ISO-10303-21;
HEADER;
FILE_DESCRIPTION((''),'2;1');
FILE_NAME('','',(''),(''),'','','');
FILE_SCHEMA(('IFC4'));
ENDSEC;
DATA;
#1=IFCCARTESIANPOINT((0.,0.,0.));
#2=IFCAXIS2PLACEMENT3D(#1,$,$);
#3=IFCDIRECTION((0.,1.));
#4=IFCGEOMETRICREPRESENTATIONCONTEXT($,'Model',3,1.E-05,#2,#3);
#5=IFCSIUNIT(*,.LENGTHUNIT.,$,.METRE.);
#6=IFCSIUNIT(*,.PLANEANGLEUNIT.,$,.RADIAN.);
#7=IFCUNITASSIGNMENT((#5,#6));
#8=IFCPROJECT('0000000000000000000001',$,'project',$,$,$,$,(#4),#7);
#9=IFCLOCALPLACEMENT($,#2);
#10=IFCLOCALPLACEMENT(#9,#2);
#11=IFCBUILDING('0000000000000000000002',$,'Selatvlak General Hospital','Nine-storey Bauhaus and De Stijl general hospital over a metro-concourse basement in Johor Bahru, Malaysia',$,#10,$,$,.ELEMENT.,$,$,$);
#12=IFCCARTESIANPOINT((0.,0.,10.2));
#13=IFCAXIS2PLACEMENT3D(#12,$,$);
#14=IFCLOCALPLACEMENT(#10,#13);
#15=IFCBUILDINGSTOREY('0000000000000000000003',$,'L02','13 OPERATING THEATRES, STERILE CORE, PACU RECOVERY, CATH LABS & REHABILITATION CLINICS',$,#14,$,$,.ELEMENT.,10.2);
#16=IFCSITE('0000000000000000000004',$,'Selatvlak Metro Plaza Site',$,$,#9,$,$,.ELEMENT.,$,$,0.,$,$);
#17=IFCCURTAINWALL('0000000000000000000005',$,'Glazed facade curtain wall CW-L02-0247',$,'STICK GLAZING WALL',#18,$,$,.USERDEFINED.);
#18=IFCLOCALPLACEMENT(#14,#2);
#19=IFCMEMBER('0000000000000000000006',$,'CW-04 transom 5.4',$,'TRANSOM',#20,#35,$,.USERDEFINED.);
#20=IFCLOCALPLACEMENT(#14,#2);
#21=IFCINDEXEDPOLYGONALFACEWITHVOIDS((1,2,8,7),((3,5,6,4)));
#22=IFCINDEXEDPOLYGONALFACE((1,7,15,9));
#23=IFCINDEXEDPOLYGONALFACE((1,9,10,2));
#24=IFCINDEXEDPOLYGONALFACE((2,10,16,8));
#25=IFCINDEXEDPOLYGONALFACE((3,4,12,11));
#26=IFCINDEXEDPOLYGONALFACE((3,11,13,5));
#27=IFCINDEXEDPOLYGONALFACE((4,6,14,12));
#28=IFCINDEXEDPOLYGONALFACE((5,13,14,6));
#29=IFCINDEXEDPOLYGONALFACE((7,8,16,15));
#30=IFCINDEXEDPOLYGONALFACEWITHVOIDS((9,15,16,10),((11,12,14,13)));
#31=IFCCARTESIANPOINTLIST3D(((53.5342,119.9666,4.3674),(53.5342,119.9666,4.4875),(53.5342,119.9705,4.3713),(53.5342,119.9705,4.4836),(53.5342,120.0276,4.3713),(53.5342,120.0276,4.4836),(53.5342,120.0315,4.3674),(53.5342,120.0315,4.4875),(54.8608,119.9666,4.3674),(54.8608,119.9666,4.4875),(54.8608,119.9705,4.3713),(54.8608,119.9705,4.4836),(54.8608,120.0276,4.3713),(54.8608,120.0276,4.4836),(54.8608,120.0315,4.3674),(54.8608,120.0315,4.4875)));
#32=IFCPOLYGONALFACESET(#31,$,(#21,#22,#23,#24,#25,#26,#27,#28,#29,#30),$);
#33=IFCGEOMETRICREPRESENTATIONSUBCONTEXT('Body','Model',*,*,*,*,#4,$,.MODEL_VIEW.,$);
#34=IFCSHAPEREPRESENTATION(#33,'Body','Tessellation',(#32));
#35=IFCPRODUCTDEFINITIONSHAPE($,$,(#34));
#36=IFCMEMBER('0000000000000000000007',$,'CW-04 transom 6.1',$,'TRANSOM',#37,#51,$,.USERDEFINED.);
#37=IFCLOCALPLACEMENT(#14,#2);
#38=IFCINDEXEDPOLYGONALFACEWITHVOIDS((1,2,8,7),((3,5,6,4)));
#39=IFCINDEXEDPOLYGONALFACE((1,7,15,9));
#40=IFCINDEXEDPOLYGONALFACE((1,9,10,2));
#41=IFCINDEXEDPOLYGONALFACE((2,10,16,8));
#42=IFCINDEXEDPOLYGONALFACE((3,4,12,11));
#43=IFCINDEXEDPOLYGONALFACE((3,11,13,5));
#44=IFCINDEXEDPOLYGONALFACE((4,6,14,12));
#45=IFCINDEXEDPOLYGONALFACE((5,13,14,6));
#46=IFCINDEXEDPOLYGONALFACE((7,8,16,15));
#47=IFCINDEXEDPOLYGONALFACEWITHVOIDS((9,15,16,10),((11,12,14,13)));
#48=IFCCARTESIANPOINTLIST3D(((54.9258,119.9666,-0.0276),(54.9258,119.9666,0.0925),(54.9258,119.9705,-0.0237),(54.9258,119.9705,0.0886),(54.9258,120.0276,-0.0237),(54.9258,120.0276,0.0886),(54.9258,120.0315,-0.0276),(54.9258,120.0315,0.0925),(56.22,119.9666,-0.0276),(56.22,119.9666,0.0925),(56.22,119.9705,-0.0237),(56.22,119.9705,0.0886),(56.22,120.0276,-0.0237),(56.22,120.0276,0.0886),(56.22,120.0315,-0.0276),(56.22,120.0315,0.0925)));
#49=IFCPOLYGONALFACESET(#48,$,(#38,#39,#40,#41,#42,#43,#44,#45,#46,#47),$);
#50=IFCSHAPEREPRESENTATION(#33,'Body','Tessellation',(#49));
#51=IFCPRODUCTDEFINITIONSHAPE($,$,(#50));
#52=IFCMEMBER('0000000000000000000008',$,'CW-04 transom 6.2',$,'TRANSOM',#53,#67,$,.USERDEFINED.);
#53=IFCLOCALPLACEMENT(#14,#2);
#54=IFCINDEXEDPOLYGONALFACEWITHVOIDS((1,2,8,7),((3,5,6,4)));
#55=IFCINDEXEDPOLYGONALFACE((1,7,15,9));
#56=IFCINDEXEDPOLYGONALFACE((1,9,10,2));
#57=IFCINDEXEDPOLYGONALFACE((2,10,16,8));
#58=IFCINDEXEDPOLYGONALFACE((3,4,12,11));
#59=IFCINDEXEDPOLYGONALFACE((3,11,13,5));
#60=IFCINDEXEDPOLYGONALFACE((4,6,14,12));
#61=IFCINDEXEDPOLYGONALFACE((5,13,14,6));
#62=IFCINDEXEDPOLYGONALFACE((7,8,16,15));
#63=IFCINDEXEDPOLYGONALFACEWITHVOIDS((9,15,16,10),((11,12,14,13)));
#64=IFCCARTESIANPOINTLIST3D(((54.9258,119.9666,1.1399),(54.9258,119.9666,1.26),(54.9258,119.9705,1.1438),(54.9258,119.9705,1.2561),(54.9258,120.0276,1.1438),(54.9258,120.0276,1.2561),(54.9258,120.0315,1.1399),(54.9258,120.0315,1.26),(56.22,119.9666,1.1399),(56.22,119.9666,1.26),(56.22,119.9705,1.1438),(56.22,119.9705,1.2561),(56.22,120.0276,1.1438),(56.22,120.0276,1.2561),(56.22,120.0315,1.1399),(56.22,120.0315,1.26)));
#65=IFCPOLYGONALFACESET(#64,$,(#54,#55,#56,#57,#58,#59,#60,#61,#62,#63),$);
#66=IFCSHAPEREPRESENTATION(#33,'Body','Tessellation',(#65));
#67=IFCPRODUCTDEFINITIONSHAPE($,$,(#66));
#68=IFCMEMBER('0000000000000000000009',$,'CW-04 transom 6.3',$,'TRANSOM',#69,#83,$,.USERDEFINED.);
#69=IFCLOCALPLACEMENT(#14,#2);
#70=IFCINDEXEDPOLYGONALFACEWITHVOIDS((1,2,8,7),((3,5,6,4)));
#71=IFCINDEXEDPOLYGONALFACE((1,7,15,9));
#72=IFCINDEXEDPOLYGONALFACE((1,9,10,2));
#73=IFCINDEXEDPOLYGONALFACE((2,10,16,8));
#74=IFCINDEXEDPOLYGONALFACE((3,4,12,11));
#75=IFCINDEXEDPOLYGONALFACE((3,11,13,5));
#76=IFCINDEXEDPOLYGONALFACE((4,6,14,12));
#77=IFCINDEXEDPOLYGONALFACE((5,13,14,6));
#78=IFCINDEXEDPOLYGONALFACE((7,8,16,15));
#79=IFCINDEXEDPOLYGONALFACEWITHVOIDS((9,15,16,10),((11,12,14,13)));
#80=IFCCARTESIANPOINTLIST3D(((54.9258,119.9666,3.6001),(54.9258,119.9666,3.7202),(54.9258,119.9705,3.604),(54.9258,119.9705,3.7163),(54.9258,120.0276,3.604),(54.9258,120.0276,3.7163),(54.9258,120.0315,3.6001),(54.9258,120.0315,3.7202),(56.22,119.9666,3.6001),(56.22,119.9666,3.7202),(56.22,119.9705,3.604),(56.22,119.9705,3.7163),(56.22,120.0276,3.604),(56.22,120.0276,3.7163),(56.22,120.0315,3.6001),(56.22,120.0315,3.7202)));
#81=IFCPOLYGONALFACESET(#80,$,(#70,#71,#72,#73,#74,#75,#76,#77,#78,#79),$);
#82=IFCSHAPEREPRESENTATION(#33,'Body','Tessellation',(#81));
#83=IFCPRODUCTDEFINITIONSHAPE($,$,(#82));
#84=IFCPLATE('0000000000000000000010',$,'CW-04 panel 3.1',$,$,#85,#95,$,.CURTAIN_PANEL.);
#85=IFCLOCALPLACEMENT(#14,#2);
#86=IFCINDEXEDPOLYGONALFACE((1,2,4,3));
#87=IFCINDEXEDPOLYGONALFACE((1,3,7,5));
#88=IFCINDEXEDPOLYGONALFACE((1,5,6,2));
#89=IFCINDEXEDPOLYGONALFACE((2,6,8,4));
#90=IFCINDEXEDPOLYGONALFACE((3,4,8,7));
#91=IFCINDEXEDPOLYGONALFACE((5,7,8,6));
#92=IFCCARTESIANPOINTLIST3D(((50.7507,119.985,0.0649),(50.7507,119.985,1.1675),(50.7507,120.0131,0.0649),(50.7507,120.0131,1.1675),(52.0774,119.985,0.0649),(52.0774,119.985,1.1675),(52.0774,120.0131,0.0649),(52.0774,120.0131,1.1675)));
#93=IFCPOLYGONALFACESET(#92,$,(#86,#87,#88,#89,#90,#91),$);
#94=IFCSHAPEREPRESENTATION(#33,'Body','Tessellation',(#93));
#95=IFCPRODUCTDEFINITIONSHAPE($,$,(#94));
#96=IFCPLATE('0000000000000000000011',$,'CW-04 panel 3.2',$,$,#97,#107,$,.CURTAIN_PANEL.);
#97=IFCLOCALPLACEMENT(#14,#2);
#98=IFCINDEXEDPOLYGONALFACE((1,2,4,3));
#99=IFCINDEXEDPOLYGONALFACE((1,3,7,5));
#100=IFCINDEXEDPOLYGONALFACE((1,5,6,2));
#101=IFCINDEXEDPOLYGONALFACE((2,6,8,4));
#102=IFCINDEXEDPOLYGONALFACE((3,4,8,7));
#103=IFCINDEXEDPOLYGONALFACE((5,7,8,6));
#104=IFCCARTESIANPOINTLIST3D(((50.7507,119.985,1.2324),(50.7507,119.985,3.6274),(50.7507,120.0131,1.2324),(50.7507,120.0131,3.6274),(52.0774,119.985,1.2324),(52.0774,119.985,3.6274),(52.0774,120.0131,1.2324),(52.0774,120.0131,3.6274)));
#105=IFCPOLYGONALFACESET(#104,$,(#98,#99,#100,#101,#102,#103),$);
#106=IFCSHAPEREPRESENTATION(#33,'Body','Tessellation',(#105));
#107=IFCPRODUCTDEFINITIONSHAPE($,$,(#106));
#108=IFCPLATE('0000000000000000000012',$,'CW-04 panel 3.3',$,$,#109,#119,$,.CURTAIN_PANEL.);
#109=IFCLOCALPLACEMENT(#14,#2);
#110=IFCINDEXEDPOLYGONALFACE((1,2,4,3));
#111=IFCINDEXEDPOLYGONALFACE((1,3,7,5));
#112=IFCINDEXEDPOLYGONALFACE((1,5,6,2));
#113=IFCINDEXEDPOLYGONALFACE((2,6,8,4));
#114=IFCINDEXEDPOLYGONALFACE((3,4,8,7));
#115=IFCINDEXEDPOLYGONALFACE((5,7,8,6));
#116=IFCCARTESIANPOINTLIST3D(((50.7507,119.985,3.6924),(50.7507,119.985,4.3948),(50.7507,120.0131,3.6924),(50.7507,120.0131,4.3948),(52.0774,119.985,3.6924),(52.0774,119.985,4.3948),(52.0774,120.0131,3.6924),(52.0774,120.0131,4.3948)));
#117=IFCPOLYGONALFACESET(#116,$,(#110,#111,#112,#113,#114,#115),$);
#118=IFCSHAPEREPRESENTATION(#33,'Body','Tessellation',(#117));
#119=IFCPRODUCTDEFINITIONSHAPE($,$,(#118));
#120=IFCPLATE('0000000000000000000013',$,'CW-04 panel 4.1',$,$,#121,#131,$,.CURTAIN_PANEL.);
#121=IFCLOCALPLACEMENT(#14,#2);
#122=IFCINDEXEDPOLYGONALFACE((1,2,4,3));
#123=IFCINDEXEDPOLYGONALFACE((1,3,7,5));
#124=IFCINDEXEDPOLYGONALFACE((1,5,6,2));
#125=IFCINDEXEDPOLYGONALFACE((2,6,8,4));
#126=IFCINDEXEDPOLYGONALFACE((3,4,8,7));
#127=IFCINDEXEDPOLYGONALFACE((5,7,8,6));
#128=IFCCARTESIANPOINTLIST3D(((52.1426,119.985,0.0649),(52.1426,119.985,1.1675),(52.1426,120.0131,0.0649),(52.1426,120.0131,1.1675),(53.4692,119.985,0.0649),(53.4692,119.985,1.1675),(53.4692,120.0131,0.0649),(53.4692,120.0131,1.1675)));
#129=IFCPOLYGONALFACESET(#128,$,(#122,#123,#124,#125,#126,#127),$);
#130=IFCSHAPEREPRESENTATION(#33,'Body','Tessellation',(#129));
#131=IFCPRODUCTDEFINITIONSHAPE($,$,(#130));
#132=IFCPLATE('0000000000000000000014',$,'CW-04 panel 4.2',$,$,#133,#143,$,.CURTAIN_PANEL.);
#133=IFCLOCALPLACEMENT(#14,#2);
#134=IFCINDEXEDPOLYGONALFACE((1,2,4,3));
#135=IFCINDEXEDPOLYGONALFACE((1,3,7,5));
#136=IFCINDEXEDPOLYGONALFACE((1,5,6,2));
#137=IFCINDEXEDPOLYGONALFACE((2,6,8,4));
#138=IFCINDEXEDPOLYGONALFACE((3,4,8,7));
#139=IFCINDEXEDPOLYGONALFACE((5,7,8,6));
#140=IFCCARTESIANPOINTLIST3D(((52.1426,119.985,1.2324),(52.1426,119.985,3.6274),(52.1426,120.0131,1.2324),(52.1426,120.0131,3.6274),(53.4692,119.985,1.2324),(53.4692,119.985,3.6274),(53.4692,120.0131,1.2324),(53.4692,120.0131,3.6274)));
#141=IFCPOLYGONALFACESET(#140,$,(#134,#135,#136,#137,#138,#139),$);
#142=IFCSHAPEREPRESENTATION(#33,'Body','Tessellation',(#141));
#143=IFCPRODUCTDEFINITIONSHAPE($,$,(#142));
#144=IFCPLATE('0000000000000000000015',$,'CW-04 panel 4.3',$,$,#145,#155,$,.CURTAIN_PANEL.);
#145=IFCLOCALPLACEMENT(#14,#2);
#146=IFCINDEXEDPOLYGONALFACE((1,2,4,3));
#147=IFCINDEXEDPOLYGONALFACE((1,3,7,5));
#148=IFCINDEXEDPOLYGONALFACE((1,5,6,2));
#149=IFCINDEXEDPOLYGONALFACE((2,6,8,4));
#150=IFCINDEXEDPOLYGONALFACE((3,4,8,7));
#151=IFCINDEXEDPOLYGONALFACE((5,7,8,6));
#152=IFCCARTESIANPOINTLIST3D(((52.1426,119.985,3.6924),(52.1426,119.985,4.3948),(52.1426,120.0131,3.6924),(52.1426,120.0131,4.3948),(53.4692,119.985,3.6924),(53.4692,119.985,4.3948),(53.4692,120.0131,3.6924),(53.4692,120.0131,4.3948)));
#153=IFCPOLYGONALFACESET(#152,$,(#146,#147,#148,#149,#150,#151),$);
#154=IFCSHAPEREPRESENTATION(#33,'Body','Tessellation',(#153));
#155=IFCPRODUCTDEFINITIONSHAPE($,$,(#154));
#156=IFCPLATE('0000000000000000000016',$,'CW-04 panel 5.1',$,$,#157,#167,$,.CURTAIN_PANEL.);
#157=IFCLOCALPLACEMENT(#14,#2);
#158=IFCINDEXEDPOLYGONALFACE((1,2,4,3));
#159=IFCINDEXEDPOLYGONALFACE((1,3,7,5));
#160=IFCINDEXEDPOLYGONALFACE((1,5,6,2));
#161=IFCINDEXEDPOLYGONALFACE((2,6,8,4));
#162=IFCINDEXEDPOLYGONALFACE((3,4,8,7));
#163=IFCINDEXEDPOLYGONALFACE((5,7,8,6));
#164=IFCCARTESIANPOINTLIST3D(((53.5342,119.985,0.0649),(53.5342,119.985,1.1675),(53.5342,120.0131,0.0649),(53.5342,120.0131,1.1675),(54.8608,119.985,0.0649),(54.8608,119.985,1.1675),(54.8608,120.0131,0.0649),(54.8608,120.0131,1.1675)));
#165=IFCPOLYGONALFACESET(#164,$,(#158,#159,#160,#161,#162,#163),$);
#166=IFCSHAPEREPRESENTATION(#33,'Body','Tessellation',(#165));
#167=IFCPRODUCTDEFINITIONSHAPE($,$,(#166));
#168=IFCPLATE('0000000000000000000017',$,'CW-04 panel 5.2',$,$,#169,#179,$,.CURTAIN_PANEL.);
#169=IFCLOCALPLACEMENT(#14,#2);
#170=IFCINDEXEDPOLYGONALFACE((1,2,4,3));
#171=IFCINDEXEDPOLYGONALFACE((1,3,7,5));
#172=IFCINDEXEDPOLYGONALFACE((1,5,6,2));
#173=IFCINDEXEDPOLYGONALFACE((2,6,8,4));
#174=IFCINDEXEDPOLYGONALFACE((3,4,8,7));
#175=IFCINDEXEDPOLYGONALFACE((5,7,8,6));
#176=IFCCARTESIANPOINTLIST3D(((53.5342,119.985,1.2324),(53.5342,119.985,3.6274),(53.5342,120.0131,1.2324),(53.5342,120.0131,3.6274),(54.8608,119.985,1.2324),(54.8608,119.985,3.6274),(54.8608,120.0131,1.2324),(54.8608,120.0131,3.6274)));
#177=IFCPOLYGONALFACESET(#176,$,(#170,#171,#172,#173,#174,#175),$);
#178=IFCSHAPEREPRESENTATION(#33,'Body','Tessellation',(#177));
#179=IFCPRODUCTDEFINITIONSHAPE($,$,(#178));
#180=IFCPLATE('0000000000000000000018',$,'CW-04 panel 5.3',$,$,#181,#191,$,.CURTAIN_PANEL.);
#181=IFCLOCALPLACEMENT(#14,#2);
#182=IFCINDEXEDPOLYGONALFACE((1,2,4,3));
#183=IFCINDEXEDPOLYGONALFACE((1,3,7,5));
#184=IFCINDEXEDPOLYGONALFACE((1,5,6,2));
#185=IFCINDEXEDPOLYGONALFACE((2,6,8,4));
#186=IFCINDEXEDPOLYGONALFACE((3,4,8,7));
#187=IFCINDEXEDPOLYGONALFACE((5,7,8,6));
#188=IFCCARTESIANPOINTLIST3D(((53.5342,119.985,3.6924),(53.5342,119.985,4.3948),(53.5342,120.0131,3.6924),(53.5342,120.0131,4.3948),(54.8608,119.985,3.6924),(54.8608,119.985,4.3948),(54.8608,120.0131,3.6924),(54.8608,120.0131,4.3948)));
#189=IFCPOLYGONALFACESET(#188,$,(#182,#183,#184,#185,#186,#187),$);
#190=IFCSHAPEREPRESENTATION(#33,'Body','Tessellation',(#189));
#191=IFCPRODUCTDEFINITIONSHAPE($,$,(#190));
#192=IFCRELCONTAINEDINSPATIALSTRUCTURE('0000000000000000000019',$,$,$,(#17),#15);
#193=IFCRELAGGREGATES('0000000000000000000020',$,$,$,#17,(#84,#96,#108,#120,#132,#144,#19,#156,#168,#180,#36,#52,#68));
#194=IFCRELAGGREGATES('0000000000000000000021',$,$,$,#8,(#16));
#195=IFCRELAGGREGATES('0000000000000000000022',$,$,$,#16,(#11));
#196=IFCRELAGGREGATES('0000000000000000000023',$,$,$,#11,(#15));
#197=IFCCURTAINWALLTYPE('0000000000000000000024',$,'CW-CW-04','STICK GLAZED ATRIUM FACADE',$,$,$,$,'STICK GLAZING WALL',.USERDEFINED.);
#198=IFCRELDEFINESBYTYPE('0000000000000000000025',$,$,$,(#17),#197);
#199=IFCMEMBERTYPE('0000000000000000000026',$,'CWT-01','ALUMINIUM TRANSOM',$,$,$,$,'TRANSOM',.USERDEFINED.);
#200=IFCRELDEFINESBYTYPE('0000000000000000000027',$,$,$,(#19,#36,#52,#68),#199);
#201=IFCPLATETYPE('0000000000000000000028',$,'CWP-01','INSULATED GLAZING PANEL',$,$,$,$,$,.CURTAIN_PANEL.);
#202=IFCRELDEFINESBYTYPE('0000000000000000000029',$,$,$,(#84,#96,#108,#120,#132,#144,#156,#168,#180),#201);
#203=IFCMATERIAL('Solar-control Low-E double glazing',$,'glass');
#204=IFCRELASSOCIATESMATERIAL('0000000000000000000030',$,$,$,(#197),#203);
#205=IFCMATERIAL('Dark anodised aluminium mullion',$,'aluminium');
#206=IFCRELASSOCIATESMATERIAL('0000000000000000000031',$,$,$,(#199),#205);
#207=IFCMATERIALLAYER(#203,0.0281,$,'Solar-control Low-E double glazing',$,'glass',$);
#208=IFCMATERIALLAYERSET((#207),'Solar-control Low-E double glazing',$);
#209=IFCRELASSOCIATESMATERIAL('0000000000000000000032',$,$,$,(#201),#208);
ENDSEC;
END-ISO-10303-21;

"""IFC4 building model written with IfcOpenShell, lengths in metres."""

from ifc_helpers import new_model, si_unit, direction, frame, origin, origin_2d, place, context, subcontext, project, spatial, rectangle, hollow_rectangle, extrude, material, layer, layer_set, material_profile, profile_set, type_object, element, aggregate, save


model = new_model("IFC4")

# Units and contexts
model_context = context("Model", 3, precision=1e-05, world=origin(), true_north=direction((0.0, 1.0)))
body_context = subcontext(model_context, "Body", "Model", "MODEL_VIEW")
ifc_project = project(units=[si_unit("LENGTHUNIT", "METRE"), si_unit("PLANEANGLEUNIT", "RADIAN")], contexts=[model_context])

# Site, building, storey
site_placement = place(None, origin())
site = spatial("IfcSite", under=ifc_project, at=site_placement, Name="Selatvlak Metro Plaza Site", CompositionType="ELEMENT", RefElevation=0.0)
building_placement = place(site_placement, origin())
building = spatial("IfcBuilding", under=site, at=building_placement, Name="Selatvlak General Hospital", Description="Nine-storey Bauhaus and De Stijl general hospital over a metro-concourse basement in Johor Bahru, Malaysia", CompositionType="ELEMENT")
storey_placement = place(building_placement, frame((0.0, 0.0, 10.2)))
storey = spatial("IfcBuildingStorey", under=building, at=storey_placement, Name="L02", Description="13 OPERATING THEATRES, STERILE CORE, PACU RECOVERY, CATH LABS & REHABILITATION CLINICS", CompositionType="ELEMENT", Elevation=10.2)

# Curtain wall, members, plates
ifc_material_1 = material(Name="Solar-control Low-E double glazing", Category="glass")
curtain_wall_type = type_object("IfcCurtainWallType", Name="CW-CW-04", Description="STICK GLAZED ATRIUM FACADE", ElementType="STICK GLAZING WALL", PredefinedType="USERDEFINED", material=ifc_material_1)
curtain_wall_placement = place(storey_placement, origin())
curtain_wall = element("IfcCurtainWall", 1, at=curtain_wall_placement, inside=storey, type_object=curtain_wall_type, Name="Glazed facade curtain wall CW-L02-0247", ObjectType="STICK GLAZING WALL", PredefinedType="USERDEFINED")
ifc_material_2 = material(Name="Dark anodised aluminium mullion", Category="aluminium")
ifc_material_profile_1 = material_profile(ifc_material_2, hollow_rectangle(XDim=0.0649, YDim=0.1201, WallThickness=0.0039, at=origin_2d()), Name="AL-TRN 65x120x4")
ifc_profile_set_1 = profile_set([ifc_material_profile_1], Name="Dark anodised aluminium mullion")
member_type_1 = type_object("IfcMemberType", Name="CWT-01", Description="ALUMINIUM TRANSOM", ElementType="TRANSOM", PredefinedType="USERDEFINED", material=ifc_profile_set_1)
member_1_placement = place(storey_placement, frame((53.5342, 119.999, 4.4275), z_axis=(1.0, 0.0, 0.0), x_axis=(0.0, 1.0, 0.0)))
member_1 = element("IfcMember", 2, at=member_1_placement, type_object=member_type_1, Name="CW-04 transom 5.4", ObjectType="TRANSOM", PredefinedType="USERDEFINED", context=body_context, shape_type="SweptSolid", body=[
    extrude(hollow_rectangle(XDim=0.0649, YDim=0.1201, WallThickness=0.0039, at=origin_2d()), origin(), (0.0, 0.0, 1.0), 1.3267),
])
member_2_placement = place(storey_placement, frame((54.9258, 119.999, 0.0325), z_axis=(1.0, 0.0, 0.0), x_axis=(0.0, 1.0, 0.0)))
member_2 = element("IfcMember", 3, at=member_2_placement, type_object=member_type_1, Name="CW-04 transom 6.1", ObjectType="TRANSOM", PredefinedType="USERDEFINED", context=body_context, shape_type="SweptSolid", body=[
    extrude(hollow_rectangle(XDim=0.0649, YDim=0.1201, WallThickness=0.0039, at=origin_2d()), origin(), (0.0, 0.0, 1.0), 1.2942),
])
member_3_placement = place(storey_placement, frame((54.9258, 119.999, 1.2), z_axis=(1.0, 0.0, 0.0), x_axis=(0.0, 1.0, 0.0)))
member_3 = element("IfcMember", 4, at=member_3_placement, type_object=member_type_1, Name="CW-04 transom 6.2", ObjectType="TRANSOM", PredefinedType="USERDEFINED", context=body_context, shape_type="SweptSolid", body=[
    extrude(hollow_rectangle(XDim=0.0649, YDim=0.1201, WallThickness=0.0039, at=origin_2d()), origin(), (0.0, 0.0, 1.0), 1.2942),
])
member_4_placement = place(storey_placement, frame((54.9258, 119.999, 3.6602), z_axis=(1.0, 0.0, 0.0), x_axis=(0.0, 1.0, 0.0)))
member_4 = element("IfcMember", 5, at=member_4_placement, type_object=member_type_1, Name="CW-04 transom 6.3", ObjectType="TRANSOM", PredefinedType="USERDEFINED", context=body_context, shape_type="SweptSolid", body=[
    extrude(hollow_rectangle(XDim=0.0649, YDim=0.1201, WallThickness=0.0039, at=origin_2d()), origin(), (0.0, 0.0, 1.0), 1.2942),
])
ifc_layer = layer(ifc_material_1, 0.0281, Name="Solar-control Low-E double glazing", Category="glass")
ifc_layer_set = layer_set([ifc_layer], Name="Solar-control Low-E double glazing")
plate_type = type_object("IfcPlateType", Name="CWP-01", Description="INSULATED GLAZING PANEL", PredefinedType="CURTAIN_PANEL", material=ifc_layer_set)
plate_1_placement = place(storey_placement, frame((51.4141, 119.999, 0.0649), z_axis=(0.0, 0.0, 1.0), x_axis=(1.0, 0.0, 0.0)))
plate_1 = element("IfcPlate", 6, at=plate_1_placement, type_object=plate_type, Name="CW-04 panel 3.1", PredefinedType="CURTAIN_PANEL", context=body_context, shape_type="SweptSolid", body=[
    extrude(rectangle(XDim=1.3267, YDim=0.0281, at=origin_2d()), origin(), (0.0, 0.0, 1.0), 1.1025),
])
plate_2_placement = place(storey_placement, frame((51.4141, 119.999, 1.2324), z_axis=(0.0, 0.0, 1.0), x_axis=(1.0, 0.0, 0.0)))
plate_2 = element("IfcPlate", 7, at=plate_2_placement, type_object=plate_type, Name="CW-04 panel 3.2", PredefinedType="CURTAIN_PANEL", context=body_context, shape_type="SweptSolid", body=[
    extrude(rectangle(XDim=1.3267, YDim=0.0281, at=origin_2d()), origin(), (0.0, 0.0, 1.0), 2.395),
])
plate_3_placement = place(storey_placement, frame((51.4141, 119.999, 3.6924), z_axis=(0.0, 0.0, 1.0), x_axis=(1.0, 0.0, 0.0)))
plate_3 = element("IfcPlate", 8, at=plate_3_placement, type_object=plate_type, Name="CW-04 panel 3.3", PredefinedType="CURTAIN_PANEL", context=body_context, shape_type="SweptSolid", body=[
    extrude(rectangle(XDim=1.3267, YDim=0.0281, at=origin_2d()), origin(), (0.0, 0.0, 1.0), 0.7024),
])
plate_4_placement = place(storey_placement, frame((52.8059, 119.999, 0.0649), z_axis=(0.0, 0.0, 1.0), x_axis=(1.0, 0.0, 0.0)))
plate_4 = element("IfcPlate", 9, at=plate_4_placement, type_object=plate_type, Name="CW-04 panel 4.1", PredefinedType="CURTAIN_PANEL", context=body_context, shape_type="SweptSolid", body=[
    extrude(rectangle(XDim=1.3267, YDim=0.0281, at=origin_2d()), origin(), (0.0, 0.0, 1.0), 1.1025),
])
plate_5_placement = place(storey_placement, frame((52.8059, 119.999, 1.2324), z_axis=(0.0, 0.0, 1.0), x_axis=(1.0, 0.0, 0.0)))
plate_5 = element("IfcPlate", 10, at=plate_5_placement, type_object=plate_type, Name="CW-04 panel 4.2", PredefinedType="CURTAIN_PANEL", context=body_context, shape_type="SweptSolid", body=[
    extrude(rectangle(XDim=1.3267, YDim=0.0281, at=origin_2d()), origin(), (0.0, 0.0, 1.0), 2.395),
])
plate_6_placement = place(storey_placement, frame((52.8059, 119.999, 3.6924), z_axis=(0.0, 0.0, 1.0), x_axis=(1.0, 0.0, 0.0)))
plate_6 = element("IfcPlate", 11, at=plate_6_placement, type_object=plate_type, Name="CW-04 panel 4.3", PredefinedType="CURTAIN_PANEL", context=body_context, shape_type="SweptSolid", body=[
    extrude(rectangle(XDim=1.3267, YDim=0.0281, at=origin_2d()), origin(), (0.0, 0.0, 1.0), 0.7024),
])
plate_7_placement = place(storey_placement, frame((54.1975, 119.999, 0.0649), z_axis=(0.0, 0.0, 1.0), x_axis=(1.0, 0.0, 0.0)))
plate_7 = element("IfcPlate", 12, at=plate_7_placement, type_object=plate_type, Name="CW-04 panel 5.1", PredefinedType="CURTAIN_PANEL", context=body_context, shape_type="SweptSolid", body=[
    extrude(rectangle(XDim=1.3267, YDim=0.0281, at=origin_2d()), origin(), (0.0, 0.0, 1.0), 1.1025),
])
plate_8_placement = place(storey_placement, frame((54.1975, 119.999, 1.2324), z_axis=(0.0, 0.0, 1.0), x_axis=(1.0, 0.0, 0.0)))
plate_8 = element("IfcPlate", 13, at=plate_8_placement, type_object=plate_type, Name="CW-04 panel 5.2", PredefinedType="CURTAIN_PANEL", context=body_context, shape_type="SweptSolid", body=[
    extrude(rectangle(XDim=1.3267, YDim=0.0281, at=origin_2d()), origin(), (0.0, 0.0, 1.0), 2.395),
])
plate_9_placement = place(storey_placement, frame((54.1975, 119.999, 3.6924), z_axis=(0.0, 0.0, 1.0), x_axis=(1.0, 0.0, 0.0)))
plate_9 = element("IfcPlate", 14, at=plate_9_placement, type_object=plate_type, Name="CW-04 panel 5.3", PredefinedType="CURTAIN_PANEL", context=body_context, shape_type="SweptSolid", body=[
    extrude(rectangle(XDim=1.3267, YDim=0.0281, at=origin_2d()), origin(), (0.0, 0.0, 1.0), 0.7024),
])
aggregate(curtain_wall, [plate_1, plate_2, plate_3, plate_4, plate_5, plate_6, member_1, plate_7, plate_8, plate_9, member_2, member_3, member_4])

save(model, "model.ifc")
